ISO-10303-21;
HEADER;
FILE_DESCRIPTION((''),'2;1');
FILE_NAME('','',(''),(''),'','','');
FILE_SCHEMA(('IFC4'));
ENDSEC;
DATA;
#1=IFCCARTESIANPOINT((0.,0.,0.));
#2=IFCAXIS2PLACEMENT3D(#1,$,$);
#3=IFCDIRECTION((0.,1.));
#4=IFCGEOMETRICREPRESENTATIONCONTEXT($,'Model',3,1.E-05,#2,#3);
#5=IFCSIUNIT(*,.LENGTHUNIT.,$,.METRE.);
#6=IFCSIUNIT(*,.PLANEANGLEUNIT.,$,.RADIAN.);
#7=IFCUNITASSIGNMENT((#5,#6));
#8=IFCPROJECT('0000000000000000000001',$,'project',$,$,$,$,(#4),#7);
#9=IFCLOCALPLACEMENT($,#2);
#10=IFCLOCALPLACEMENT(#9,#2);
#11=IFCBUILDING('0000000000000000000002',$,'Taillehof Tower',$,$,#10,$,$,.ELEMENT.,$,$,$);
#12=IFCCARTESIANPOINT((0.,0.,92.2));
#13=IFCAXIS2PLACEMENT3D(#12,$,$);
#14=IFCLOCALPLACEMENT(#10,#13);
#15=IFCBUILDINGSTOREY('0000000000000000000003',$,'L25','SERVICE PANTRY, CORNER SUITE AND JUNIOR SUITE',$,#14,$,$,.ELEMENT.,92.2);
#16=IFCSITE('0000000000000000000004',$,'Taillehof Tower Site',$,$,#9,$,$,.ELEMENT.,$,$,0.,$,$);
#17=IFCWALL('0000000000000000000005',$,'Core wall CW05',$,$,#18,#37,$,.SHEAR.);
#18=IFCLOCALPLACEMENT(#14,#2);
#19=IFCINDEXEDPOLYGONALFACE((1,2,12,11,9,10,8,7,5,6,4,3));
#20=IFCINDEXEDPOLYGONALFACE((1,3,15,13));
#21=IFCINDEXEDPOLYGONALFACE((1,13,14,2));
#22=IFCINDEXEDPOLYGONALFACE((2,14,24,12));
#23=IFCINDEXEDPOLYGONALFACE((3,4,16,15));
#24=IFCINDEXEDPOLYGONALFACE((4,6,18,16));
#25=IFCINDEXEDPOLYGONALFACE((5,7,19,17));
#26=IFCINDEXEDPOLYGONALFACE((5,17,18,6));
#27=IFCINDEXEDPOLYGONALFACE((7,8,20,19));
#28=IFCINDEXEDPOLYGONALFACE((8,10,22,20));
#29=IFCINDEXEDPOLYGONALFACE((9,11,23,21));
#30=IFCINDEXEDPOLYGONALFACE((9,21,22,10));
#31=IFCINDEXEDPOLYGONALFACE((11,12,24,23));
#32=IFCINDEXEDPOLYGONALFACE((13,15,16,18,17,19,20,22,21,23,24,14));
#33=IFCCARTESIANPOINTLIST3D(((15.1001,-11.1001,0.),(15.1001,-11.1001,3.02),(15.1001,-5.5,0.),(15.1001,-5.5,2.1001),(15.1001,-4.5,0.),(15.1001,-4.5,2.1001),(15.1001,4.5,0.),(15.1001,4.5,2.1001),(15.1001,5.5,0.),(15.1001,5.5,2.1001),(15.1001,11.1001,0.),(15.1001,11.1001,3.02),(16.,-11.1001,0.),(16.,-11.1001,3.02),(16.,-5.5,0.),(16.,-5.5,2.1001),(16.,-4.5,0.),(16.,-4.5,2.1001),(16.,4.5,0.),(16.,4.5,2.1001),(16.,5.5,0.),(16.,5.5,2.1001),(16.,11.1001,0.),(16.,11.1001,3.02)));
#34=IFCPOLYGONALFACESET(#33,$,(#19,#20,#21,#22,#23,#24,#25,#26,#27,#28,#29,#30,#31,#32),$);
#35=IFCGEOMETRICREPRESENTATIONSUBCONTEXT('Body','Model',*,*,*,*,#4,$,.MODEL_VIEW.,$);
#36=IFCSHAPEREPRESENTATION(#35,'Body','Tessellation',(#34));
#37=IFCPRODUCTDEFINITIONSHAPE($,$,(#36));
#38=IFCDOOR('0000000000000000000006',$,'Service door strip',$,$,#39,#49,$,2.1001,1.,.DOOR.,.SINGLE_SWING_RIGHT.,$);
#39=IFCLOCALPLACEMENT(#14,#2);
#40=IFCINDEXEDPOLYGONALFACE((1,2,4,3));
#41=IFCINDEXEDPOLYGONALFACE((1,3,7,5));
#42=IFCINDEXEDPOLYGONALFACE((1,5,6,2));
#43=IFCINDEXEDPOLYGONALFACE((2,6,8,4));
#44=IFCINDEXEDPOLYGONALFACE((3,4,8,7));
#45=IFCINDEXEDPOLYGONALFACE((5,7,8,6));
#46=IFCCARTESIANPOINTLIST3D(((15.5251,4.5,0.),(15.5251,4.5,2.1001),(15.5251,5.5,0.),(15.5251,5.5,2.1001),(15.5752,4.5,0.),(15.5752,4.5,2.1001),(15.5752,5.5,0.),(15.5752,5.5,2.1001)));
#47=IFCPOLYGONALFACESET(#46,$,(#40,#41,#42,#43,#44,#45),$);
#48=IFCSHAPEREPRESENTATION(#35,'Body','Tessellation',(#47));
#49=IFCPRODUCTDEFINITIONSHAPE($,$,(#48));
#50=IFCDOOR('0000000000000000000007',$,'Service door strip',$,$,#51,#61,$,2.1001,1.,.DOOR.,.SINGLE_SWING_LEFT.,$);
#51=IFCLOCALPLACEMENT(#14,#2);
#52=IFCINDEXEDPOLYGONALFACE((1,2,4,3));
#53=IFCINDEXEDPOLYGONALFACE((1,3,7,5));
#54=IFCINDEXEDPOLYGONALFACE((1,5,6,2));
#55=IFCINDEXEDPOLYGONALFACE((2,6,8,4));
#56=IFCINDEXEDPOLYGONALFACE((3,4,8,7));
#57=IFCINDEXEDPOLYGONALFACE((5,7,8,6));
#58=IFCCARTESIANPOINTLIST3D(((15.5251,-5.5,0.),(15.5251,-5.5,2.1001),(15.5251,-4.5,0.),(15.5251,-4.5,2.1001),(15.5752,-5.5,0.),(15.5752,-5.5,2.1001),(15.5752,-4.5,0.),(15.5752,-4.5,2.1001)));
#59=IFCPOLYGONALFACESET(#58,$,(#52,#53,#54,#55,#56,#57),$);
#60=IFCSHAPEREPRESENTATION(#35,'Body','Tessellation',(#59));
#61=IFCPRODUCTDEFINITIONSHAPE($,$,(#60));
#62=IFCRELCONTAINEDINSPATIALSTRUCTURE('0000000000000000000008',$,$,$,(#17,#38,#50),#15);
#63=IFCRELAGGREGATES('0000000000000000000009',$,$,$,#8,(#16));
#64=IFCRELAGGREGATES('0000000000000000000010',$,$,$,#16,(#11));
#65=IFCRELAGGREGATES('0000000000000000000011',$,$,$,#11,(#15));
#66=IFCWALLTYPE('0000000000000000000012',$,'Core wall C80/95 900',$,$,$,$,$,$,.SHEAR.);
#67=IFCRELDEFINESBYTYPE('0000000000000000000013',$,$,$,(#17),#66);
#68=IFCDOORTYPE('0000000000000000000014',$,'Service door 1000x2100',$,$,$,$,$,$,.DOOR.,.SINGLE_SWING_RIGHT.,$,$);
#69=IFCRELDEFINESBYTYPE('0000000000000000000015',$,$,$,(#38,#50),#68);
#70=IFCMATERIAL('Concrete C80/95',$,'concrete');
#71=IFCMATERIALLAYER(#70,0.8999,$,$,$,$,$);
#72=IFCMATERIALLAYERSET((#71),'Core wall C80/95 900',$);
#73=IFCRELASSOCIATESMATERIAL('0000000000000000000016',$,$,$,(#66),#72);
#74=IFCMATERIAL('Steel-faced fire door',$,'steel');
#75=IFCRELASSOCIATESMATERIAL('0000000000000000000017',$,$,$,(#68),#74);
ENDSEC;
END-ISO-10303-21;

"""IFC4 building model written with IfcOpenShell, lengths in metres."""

from ifc_helpers import new_model, si_unit, direction, frame, frame_2d, origin, place, context, subcontext, project, spatial, rectangle, extrude, material, layer, layer_set, type_object, element, fill, save


model = new_model("IFC4")

# Units and contexts
model_context = context("Model", 3, precision=1e-05, world=origin(), true_north=direction((0.0, 1.0)))
body_context = subcontext(model_context, "Body", "Model", "MODEL_VIEW")
ifc_project = project(units=[si_unit("LENGTHUNIT", "METRE"), si_unit("PLANEANGLEUNIT", "RADIAN")], contexts=[model_context])

# Site, building, storey
site_placement = place(None, origin())
site = spatial("IfcSite", under=ifc_project, at=site_placement, Name="Taillehof Tower Site", CompositionType="ELEMENT", RefElevation=0.0)
building_placement = place(site_placement, origin())
building = spatial("IfcBuilding", under=site, at=building_placement, Name="Taillehof Tower", CompositionType="ELEMENT")
storey_placement = place(building_placement, frame((0.0, 0.0, 92.2)))
storey = spatial("IfcBuildingStorey", under=building, at=storey_placement, Name="L25", Description="SERVICE PANTRY, CORNER SUITE AND JUNIOR SUITE", CompositionType="ELEMENT", Elevation=92.2)

# Wall, openings, doors
ifc_material_1 = material(Name="Concrete C80/95", Category="concrete")
ifc_layer_1 = layer(ifc_material_1, 0.8999)
ifc_layer_set_1 = layer_set([ifc_layer_1], Name="Core wall C80/95 900")
wall_type_1 = type_object("IfcWallType", Name="Core wall C80/95 900", PredefinedType="SHEAR", material=ifc_layer_set_1)
wall_1_placement = place(storey_placement, frame((15.55, -11.1001, 0.0), z_axis=(0.0, 0.0, 1.0), x_axis=(0.0, 1.0, 0.0)))
wall_1 = element("IfcWall", 1, at=wall_1_placement, inside=storey, type_object=wall_type_1, Name="Core wall CW05", PredefinedType="SHEAR", context=body_context, shape_type="SweptSolid", body=[
    extrude(rectangle(XDim=22.2002, YDim=0.8999, at=frame_2d((11.1001, 0.0))), origin(), (0.0, 0.0, 1.0), 3.02),
])
opening_1_placement = place(wall_1_placement, frame((15.6001, 0.0, 0.0)))
opening_1 = element("IfcOpeningElement", 2, at=opening_1_placement, cuts=wall_1, PredefinedType="OPENING", context=body_context, shape_type="SweptSolid", body=[
    extrude(rectangle(XDim=1.0, YDim=2.1001, at=frame_2d((0.5, 1.05))), frame((0.0, 0.46, 0.0), z_axis=(0.0, -1.0, 0.0), x_axis=(1.0, 0.0, 0.0)), (0.0, 0.0, 1.0), 0.9199),
])
opening_2_placement = place(wall_1_placement, frame((5.6001, 0.0, 0.0)))
opening_2 = element("IfcOpeningElement", 3, at=opening_2_placement, cuts=wall_1, PredefinedType="OPENING", context=body_context, shape_type="SweptSolid", body=[
    extrude(rectangle(XDim=1.0, YDim=2.1001, at=frame_2d((0.5, 1.05))), frame((0.0, 0.46, 0.0), z_axis=(0.0, -1.0, 0.0), x_axis=(1.0, 0.0, 0.0)), (0.0, 0.0, 1.0), 0.9199),
])
ifc_material_2 = material(Name="Steel-faced fire door", Category="steel")
door_type_1 = type_object("IfcDoorType", Name="Service door 1000x2100", OperationType="SINGLE_SWING_RIGHT", PredefinedType="DOOR", material=ifc_material_2)
door_1_placement = place(opening_1_placement, origin())
door_1 = element("IfcDoor", 4, at=door_1_placement, inside=storey, type_object=door_type_1, Name="Service door strip", OperationType="SINGLE_SWING_RIGHT", OverallHeight=2.1001, OverallWidth=1.0, PredefinedType="DOOR", context=body_context, shape_type="SweptSolid", body=[
    extrude(rectangle(XDim=1.0, YDim=2.1001, at=frame_2d((0.5, 1.05))), frame((0.0, 0.0249, 0.0), z_axis=(0.0, -1.0, 0.0), x_axis=(1.0, 0.0, 0.0)), (0.0, 0.0, 1.0), 0.05),
])
fill(opening_1, door_1)
door_2_placement = place(opening_2_placement, origin())
door_2 = element("IfcDoor", 5, at=door_2_placement, inside=storey, type_object=door_type_1, Name="Service door strip", OperationType="SINGLE_SWING_LEFT", OverallHeight=2.1001, OverallWidth=1.0, PredefinedType="DOOR", context=body_context, shape_type="SweptSolid", body=[
    extrude(rectangle(XDim=1.0, YDim=2.1001, at=frame_2d((0.5, 1.05))), frame((0.0, 0.0249, 0.0), z_axis=(0.0, -1.0, 0.0), x_axis=(1.0, 0.0, 0.0)), (0.0, 0.0, 1.0), 0.05),
])
fill(opening_2, door_2)

save(model, "model.ifc")
